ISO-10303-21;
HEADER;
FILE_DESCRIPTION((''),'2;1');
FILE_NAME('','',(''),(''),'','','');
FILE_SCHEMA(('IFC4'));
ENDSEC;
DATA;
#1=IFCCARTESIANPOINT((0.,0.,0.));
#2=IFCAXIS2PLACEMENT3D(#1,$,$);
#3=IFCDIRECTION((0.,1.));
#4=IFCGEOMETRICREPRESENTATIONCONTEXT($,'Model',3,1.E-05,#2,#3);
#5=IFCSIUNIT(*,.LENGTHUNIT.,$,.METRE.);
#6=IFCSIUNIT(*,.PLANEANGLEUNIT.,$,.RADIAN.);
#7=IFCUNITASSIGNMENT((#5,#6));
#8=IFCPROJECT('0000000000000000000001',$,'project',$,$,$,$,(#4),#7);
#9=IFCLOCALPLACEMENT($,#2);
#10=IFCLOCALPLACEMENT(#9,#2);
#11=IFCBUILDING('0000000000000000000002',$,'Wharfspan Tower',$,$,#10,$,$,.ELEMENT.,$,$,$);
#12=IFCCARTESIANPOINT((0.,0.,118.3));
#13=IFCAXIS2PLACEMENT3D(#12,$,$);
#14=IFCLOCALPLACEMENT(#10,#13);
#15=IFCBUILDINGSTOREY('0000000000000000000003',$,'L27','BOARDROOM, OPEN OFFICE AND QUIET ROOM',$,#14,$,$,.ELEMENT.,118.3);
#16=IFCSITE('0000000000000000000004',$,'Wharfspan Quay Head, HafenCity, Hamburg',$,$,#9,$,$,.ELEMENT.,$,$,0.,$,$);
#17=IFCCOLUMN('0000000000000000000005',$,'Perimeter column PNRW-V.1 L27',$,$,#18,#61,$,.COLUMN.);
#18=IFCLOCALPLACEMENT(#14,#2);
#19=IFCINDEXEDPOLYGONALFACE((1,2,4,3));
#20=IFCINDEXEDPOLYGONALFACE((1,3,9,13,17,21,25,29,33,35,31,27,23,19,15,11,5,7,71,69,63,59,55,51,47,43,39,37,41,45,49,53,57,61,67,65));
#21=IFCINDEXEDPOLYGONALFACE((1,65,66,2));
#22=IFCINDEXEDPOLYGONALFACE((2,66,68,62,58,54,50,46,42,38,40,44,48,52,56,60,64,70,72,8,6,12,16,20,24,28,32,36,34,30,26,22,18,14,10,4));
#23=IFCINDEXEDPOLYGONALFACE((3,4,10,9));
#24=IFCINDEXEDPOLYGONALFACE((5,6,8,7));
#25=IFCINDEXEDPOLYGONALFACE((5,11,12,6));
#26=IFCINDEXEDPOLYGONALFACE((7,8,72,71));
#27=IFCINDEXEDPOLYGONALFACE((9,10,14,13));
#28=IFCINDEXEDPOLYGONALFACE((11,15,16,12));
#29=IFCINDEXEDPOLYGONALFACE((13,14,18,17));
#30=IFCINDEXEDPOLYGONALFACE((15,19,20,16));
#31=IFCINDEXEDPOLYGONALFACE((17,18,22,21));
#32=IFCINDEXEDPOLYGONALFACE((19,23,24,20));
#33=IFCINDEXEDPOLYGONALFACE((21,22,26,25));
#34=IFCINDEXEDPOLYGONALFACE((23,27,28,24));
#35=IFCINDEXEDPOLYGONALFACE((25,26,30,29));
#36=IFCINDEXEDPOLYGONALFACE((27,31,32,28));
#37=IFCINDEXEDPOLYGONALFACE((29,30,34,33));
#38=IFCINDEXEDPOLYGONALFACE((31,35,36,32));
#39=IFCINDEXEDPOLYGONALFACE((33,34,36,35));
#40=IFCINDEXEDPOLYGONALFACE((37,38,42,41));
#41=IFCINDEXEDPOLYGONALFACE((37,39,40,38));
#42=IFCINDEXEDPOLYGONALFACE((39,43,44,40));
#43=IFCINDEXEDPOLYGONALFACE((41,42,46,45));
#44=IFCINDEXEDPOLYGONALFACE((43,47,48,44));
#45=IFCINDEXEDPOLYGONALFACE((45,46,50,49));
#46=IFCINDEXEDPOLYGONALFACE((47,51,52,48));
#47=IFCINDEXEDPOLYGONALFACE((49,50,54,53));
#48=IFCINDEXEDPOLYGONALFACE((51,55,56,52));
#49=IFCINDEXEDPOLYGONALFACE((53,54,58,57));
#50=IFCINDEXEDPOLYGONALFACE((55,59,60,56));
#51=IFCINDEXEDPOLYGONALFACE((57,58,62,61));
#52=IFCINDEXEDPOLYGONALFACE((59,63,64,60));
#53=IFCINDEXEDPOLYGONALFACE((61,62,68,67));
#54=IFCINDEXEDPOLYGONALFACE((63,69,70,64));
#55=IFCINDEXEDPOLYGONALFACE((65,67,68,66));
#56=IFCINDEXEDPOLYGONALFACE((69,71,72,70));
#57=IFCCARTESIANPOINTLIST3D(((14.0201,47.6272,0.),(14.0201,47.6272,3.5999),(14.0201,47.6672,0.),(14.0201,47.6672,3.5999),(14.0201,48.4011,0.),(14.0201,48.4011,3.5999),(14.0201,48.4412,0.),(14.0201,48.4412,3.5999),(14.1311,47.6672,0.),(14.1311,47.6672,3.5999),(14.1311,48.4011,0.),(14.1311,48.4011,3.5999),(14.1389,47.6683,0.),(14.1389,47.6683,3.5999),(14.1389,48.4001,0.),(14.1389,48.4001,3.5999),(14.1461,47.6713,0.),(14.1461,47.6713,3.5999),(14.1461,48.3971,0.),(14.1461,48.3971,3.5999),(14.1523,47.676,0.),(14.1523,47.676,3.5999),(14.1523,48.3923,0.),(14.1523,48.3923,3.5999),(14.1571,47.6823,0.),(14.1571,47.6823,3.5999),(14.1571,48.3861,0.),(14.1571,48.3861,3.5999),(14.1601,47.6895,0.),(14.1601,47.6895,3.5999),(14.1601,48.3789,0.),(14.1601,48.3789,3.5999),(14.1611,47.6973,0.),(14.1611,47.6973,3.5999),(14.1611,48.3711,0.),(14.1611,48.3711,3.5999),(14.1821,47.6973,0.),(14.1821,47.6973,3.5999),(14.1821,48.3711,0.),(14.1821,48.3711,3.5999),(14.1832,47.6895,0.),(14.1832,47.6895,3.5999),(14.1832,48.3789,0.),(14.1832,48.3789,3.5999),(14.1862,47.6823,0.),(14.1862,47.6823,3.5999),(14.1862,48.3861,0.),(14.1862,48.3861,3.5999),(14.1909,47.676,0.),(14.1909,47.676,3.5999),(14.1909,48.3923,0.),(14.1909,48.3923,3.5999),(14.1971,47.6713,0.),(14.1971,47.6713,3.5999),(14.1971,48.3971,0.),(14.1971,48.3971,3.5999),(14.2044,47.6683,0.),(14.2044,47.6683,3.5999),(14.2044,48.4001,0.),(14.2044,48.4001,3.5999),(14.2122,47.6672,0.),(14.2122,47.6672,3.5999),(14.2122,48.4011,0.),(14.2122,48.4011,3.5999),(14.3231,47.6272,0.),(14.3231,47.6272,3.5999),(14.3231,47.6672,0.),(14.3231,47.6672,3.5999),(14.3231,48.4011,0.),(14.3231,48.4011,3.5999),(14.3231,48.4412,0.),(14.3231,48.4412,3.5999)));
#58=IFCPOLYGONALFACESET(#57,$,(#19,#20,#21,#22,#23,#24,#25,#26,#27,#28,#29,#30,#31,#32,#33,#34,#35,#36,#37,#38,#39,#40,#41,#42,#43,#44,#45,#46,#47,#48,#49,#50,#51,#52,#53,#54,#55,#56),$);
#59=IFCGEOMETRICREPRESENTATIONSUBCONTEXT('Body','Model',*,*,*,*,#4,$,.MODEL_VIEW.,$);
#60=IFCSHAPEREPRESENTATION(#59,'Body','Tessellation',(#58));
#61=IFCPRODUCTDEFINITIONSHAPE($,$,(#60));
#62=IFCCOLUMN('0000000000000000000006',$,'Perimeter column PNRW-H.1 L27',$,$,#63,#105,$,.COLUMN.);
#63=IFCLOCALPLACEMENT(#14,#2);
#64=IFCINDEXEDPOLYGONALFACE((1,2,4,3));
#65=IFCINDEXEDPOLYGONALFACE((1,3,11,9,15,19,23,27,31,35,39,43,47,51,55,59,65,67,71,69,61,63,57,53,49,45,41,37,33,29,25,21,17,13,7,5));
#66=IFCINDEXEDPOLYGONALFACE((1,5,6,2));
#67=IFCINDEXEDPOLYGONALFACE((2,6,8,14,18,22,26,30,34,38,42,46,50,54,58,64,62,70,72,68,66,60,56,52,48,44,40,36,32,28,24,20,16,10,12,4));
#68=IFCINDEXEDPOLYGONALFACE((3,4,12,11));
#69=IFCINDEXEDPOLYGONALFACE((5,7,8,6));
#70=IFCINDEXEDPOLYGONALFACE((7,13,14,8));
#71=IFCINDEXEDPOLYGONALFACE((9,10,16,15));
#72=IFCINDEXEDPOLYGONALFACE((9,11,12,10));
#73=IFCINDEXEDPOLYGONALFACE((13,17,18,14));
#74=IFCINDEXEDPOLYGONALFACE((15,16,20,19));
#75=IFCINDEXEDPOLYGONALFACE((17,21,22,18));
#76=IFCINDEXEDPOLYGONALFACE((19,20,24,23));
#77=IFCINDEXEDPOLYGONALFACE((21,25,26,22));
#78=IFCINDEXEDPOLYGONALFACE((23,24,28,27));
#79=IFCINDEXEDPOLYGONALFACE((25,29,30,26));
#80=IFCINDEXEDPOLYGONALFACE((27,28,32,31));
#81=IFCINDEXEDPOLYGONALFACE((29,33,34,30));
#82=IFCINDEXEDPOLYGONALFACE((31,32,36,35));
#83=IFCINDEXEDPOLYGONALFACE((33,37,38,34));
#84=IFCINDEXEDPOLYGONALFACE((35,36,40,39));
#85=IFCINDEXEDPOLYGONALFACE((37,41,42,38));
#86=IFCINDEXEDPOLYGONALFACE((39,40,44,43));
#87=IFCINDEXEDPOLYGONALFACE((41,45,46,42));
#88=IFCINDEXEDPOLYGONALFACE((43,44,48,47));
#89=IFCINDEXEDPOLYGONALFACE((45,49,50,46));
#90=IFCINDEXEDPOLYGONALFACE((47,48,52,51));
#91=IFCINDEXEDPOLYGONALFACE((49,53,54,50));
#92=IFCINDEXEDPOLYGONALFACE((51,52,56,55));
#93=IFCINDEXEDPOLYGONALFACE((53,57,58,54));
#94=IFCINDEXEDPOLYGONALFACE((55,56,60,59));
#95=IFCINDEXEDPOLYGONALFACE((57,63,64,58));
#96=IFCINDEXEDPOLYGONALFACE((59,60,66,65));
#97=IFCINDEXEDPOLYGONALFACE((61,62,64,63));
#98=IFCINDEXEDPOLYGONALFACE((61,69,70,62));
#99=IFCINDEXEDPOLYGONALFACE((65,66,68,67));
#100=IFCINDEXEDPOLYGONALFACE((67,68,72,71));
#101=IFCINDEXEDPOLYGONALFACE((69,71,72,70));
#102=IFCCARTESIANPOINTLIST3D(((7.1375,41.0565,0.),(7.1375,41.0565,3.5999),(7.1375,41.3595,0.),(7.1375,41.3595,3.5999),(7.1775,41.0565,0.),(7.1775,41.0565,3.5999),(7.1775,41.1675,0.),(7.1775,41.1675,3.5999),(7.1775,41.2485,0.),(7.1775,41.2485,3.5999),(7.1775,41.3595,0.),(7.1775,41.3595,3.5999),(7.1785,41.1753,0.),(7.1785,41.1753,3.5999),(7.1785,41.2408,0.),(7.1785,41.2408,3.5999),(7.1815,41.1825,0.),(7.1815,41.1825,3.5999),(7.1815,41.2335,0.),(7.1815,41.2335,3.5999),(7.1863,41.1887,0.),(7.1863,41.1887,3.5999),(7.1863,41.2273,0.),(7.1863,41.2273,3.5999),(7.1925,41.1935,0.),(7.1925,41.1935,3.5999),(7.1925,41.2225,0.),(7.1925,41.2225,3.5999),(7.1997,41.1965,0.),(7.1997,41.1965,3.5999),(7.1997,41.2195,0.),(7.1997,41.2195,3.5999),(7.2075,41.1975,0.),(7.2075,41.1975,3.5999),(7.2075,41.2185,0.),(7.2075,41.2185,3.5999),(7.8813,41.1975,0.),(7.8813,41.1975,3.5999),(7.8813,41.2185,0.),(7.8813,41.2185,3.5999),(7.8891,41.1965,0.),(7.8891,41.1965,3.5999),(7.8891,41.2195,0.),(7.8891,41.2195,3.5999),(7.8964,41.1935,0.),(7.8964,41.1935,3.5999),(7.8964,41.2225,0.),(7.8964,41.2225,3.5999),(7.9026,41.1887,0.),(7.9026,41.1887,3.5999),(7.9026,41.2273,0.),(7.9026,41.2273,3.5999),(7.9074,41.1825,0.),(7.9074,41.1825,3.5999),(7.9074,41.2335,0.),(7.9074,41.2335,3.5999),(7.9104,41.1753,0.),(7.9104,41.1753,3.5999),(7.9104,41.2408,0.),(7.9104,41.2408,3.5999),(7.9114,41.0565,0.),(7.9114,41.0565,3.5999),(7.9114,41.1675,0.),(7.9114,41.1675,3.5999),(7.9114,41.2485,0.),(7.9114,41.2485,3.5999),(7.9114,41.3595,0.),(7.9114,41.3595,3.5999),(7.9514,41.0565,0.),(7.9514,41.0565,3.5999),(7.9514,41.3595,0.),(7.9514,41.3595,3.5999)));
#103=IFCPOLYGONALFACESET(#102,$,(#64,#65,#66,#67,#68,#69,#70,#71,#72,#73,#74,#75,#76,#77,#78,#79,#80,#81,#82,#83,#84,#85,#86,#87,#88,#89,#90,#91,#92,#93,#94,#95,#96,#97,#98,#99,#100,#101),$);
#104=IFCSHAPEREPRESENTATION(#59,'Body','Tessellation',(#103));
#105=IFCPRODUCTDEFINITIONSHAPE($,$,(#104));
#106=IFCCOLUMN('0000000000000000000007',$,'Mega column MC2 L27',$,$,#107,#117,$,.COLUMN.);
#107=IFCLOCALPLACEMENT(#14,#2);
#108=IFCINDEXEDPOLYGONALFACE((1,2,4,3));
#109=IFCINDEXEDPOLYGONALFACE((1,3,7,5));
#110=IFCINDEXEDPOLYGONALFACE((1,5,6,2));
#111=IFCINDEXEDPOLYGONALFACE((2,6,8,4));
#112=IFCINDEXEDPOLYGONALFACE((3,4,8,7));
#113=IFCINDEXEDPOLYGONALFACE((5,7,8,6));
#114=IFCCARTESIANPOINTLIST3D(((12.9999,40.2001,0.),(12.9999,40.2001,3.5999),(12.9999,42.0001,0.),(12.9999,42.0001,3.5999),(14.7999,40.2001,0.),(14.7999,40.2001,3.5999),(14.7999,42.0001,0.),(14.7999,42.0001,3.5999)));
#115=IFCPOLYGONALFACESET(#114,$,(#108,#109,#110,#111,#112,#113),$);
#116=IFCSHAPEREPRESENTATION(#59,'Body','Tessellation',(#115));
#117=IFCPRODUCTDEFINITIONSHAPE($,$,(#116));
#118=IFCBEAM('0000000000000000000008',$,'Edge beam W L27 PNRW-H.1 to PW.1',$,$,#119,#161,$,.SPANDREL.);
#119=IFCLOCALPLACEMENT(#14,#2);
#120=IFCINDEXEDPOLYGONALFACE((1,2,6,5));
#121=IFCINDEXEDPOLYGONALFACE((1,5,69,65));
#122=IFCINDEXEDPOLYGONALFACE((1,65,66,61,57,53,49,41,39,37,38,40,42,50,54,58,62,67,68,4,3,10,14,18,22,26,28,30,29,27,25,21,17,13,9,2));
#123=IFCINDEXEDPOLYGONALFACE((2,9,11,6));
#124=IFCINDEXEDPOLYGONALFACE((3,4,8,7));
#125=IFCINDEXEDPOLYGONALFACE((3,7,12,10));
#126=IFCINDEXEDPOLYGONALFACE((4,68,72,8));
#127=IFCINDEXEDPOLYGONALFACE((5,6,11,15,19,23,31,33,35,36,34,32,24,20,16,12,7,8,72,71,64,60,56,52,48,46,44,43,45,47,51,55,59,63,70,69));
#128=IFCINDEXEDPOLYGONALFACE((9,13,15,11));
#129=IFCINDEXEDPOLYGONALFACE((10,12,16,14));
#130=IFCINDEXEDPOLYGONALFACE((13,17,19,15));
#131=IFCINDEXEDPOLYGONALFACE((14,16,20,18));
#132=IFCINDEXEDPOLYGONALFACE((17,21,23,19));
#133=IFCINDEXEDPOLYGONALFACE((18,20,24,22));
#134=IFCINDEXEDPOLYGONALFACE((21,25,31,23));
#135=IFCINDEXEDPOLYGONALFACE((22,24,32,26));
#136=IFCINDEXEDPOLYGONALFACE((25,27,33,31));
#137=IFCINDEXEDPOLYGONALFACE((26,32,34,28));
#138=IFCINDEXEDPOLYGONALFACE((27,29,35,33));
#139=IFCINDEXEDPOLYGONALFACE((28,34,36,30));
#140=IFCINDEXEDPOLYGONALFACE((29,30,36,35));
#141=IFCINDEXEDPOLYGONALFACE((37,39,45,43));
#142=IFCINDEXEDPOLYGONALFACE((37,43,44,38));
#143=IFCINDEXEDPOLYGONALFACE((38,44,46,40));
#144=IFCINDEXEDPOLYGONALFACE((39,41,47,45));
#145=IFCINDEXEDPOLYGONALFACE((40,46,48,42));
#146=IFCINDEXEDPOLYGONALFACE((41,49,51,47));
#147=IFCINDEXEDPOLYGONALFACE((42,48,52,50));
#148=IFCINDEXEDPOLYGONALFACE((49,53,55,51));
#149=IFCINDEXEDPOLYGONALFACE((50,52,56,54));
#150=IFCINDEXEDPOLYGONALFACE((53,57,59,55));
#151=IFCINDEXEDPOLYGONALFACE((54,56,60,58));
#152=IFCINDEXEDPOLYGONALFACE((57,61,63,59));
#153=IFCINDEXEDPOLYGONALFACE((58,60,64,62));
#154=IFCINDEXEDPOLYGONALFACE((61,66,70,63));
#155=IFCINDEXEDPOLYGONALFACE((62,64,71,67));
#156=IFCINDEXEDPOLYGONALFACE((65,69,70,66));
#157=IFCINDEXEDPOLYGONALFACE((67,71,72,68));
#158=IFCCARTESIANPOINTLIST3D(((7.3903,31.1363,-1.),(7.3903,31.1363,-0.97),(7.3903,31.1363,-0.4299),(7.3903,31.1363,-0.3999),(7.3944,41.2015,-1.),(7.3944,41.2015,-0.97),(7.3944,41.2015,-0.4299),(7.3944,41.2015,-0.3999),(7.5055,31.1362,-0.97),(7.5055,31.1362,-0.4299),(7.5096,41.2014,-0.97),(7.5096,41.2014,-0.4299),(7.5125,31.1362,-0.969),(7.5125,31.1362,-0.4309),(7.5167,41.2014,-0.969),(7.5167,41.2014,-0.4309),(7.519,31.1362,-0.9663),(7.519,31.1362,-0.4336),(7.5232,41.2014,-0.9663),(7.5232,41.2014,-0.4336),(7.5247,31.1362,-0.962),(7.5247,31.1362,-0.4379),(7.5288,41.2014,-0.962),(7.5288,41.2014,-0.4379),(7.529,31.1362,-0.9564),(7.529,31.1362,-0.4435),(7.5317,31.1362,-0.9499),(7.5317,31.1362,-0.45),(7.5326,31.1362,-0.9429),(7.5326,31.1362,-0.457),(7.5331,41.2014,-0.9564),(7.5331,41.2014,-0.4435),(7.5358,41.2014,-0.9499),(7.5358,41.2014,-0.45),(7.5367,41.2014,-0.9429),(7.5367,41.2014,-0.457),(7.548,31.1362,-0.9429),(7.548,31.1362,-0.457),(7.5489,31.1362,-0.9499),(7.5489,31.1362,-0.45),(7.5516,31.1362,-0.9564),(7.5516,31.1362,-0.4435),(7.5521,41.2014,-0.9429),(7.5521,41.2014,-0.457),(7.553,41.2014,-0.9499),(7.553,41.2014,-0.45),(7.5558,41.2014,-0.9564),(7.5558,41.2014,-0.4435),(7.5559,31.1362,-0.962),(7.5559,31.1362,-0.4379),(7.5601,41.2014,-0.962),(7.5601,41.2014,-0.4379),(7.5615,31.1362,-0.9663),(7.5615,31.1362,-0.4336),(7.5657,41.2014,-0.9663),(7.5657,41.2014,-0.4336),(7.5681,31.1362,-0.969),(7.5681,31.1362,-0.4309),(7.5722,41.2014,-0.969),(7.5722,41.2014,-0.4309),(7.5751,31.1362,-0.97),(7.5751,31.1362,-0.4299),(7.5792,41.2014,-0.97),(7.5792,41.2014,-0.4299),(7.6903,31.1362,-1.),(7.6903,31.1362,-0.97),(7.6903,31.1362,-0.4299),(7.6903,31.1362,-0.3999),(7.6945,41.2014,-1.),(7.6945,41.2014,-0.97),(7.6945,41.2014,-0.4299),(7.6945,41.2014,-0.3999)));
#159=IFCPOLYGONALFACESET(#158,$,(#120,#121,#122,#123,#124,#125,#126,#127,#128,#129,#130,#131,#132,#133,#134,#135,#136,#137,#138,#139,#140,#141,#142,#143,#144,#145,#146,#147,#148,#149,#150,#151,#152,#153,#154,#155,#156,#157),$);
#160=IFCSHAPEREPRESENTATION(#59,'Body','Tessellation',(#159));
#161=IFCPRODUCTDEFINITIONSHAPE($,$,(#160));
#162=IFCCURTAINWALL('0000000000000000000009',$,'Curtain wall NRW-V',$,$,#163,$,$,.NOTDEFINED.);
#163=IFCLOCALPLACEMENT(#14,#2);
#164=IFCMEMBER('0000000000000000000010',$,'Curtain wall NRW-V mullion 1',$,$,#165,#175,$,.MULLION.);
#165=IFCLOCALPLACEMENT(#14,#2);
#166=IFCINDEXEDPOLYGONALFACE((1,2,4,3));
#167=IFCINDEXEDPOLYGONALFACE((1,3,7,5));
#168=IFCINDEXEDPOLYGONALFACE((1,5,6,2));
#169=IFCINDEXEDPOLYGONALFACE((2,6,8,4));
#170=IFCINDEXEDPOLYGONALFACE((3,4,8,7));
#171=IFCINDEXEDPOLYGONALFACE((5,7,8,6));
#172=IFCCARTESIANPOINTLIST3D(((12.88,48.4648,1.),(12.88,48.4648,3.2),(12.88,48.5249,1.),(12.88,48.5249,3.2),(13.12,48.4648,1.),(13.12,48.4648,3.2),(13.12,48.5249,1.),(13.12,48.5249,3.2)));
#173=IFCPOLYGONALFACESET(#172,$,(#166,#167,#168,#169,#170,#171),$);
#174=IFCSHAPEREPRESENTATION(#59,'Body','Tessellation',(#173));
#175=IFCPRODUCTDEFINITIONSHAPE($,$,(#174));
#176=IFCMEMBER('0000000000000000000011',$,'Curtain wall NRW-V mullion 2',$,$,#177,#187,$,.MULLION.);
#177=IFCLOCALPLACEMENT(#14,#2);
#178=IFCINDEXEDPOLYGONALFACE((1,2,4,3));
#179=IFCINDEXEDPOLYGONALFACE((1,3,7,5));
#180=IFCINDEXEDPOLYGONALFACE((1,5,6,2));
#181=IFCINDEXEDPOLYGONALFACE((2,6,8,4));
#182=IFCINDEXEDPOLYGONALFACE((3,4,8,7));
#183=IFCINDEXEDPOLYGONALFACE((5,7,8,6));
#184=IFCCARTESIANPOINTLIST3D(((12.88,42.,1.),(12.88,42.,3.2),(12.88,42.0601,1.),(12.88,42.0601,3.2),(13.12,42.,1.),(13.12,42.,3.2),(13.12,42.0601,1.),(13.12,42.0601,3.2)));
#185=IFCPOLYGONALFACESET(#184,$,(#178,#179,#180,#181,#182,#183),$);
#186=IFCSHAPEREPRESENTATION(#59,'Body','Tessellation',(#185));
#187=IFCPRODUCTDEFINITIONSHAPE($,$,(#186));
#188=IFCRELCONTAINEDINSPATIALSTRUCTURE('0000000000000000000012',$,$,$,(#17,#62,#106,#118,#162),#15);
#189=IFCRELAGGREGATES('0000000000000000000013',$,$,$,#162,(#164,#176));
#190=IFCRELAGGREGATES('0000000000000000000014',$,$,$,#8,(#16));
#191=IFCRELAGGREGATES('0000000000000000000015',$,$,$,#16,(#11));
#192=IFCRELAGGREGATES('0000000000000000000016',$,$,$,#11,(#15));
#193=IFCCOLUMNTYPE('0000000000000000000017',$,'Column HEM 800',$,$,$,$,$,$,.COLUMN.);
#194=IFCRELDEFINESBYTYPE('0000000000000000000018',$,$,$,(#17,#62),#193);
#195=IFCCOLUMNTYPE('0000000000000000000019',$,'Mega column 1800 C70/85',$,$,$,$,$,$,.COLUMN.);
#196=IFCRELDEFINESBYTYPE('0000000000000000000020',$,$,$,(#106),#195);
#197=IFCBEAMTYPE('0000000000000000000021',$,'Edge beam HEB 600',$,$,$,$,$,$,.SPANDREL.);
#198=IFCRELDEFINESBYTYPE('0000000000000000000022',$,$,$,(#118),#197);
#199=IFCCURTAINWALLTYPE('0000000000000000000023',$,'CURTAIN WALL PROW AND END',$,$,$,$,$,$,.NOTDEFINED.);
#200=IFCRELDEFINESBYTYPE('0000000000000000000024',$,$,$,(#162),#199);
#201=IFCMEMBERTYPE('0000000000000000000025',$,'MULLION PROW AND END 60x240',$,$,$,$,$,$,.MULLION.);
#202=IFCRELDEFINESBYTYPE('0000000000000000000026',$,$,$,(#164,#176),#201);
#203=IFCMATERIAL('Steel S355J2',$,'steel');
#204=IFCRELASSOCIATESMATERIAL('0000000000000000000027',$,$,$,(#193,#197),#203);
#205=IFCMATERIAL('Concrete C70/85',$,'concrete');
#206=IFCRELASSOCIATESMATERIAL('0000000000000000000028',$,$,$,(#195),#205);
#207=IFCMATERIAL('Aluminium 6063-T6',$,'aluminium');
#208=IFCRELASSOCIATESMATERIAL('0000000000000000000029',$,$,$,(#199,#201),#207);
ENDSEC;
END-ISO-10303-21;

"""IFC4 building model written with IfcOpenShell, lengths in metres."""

from ifc_helpers import new_model, si_unit, direction, frame, origin, origin_2d, place, context, subcontext, project, spatial, rectangle, i_section, extrude, material, material_profile, profile_set, type_object, element, aggregate, save


model = new_model("IFC4")

# Units and contexts
model_context = context("Model", 3, precision=1e-05, world=origin(), true_north=direction((0.0, 1.0)))
body_context = subcontext(model_context, "Body", "Model", "MODEL_VIEW")
ifc_project = project(units=[si_unit("LENGTHUNIT", "METRE"), si_unit("PLANEANGLEUNIT", "RADIAN")], contexts=[model_context])

# Site, building, storey
site_placement = place(None, origin())
site = spatial("IfcSite", under=ifc_project, at=site_placement, Name="Wharfspan Quay Head, HafenCity, Hamburg", CompositionType="ELEMENT", RefElevation=0.0)
building_placement = place(site_placement, origin())
building = spatial("IfcBuilding", under=site, at=building_placement, Name="Wharfspan Tower", CompositionType="ELEMENT")
storey_placement = place(building_placement, frame((0.0, 0.0, 118.3)))
storey = spatial("IfcBuildingStorey", under=building, at=storey_placement, Name="L27", Description="BOARDROOM, OPEN OFFICE AND QUIET ROOM", CompositionType="ELEMENT", Elevation=118.3)

# Columns
ifc_material_1 = material(Name="Steel S355J2", Category="steel")
ifc_material_profile_1 = material_profile(ifc_material_1, i_section(OverallWidth=0.303, OverallDepth=0.814, WebThickness=0.021, FlangeThickness=0.04, FilletRadius=0.03, at=origin_2d()))
ifc_profile_set_1 = profile_set([ifc_material_profile_1], Name="Steel S355J2")
column_type_1 = type_object("IfcColumnType", Name="Column HEM 800", PredefinedType="COLUMN", material=ifc_profile_set_1)
for number, where, z_axis, x_axis, name in (
    (1, (14.1716, 48.0342, 0.0), (0.0, 0.0, 1.0), (-1.0, 0.0, 0.0), "Perimeter column PNRW-V.1 L27"),
    (2, (7.5444, 41.208, 0.0), (0.0, 0.0, 1.0), (0.0, 1.0, 0.0), "Perimeter column PNRW-H.1 L27"),
):
    element("IfcColumn", number, at=place(storey_placement, frame(where, z_axis=z_axis, x_axis=x_axis)), inside=storey, type_object=column_type_1, Name=name, PredefinedType="COLUMN", context=body_context, shape_type="SweptSolid", body=[
        extrude(i_section(OverallWidth=0.303, OverallDepth=0.814, WebThickness=0.021, FlangeThickness=0.04, FilletRadius=0.03, at=origin_2d()), origin(), (0.0, 0.0, 1.0), 3.5999),
    ])
ifc_material_2 = material(Name="Concrete C70/85", Category="concrete")
ifc_material_profile_2 = material_profile(ifc_material_2, rectangle(XDim=1.8, YDim=1.8, at=origin_2d()))
ifc_profile_set_2 = profile_set([ifc_material_profile_2], Name="Concrete C70/85")
column_type_2 = type_object("IfcColumnType", Name="Mega column 1800 C70/85", PredefinedType="COLUMN", material=ifc_profile_set_2)
column_placement = place(storey_placement, frame((13.8999, 41.1001, 0.0), z_axis=(0.0, 0.0, 1.0), x_axis=(1.0, 0.0, 0.0)))
element("IfcColumn", 3, at=column_placement, inside=storey, type_object=column_type_2, Name="Mega column MC2 L27", PredefinedType="COLUMN", context=body_context, shape_type="SweptSolid", body=[
    extrude(rectangle(XDim=1.8, YDim=1.8, at=origin_2d()), origin(), (0.0, 0.0, 1.0), 3.5999),
])

# Beam
ifc_material_profile_3 = material_profile(ifc_material_1, i_section(OverallWidth=0.3, OverallDepth=0.6001, WebThickness=0.0154, FlangeThickness=0.03, FilletRadius=0.0271, at=origin_2d()))
ifc_profile_set_3 = profile_set([ifc_material_profile_3], Name="Steel S355J2")
beam_type = type_object("IfcBeamType", Name="Edge beam HEB 600", PredefinedType="SPANDREL", material=ifc_profile_set_3)
beam_placement = place(storey_placement, frame((7.5444, 41.2014, -0.7), z_axis=(-0.000412, -1.0, 0.0), x_axis=(1.0, -0.000412, 0.0)))
element("IfcBeam", 4, at=beam_placement, inside=storey, type_object=beam_type, Name="Edge beam W L27 PNRW-H.1 to PW.1", PredefinedType="SPANDREL", context=body_context, shape_type="SweptSolid", body=[
    extrude(i_section(OverallWidth=0.3, OverallDepth=0.6001, WebThickness=0.0154, FlangeThickness=0.03, FilletRadius=0.0271, at=origin_2d()), origin(), (0.0, 0.0, 1.0), 10.0652),
])

# Curtain wall, members
ifc_material_3 = material(Name="Aluminium 6063-T6", Category="aluminium")
curtain_wall_type = type_object("IfcCurtainWallType", Name="CURTAIN WALL PROW AND END", PredefinedType="NOTDEFINED", material=ifc_material_3)
curtain_wall_1_placement = place(storey_placement, origin())
curtain_wall_1 = element("IfcCurtainWall", 5, at=curtain_wall_1_placement, inside=storey, type_object=curtain_wall_type, Name="Curtain wall NRW-V", PredefinedType="NOTDEFINED")
ifc_material_profile_4 = material_profile(ifc_material_3, rectangle(XDim=0.24, YDim=0.0601, at=origin_2d()))
ifc_profile_set_4 = profile_set([ifc_material_profile_4], Name="Aluminium 6063-T6")
member_type_1 = type_object("IfcMemberType", Name="MULLION PROW AND END 60x240", PredefinedType="MULLION", material=ifc_profile_set_4)
member_1_placement = place(storey_placement, frame((13.0, 48.4949, 1.0), z_axis=(0.0, 0.0, 1.0), x_axis=(1.0, 0.0, 0.0)))
member_1 = element("IfcMember", 6, at=member_1_placement, type_object=member_type_1, Name="Curtain wall NRW-V mullion 1", PredefinedType="MULLION", context=body_context, shape_type="SweptSolid", body=[
    extrude(rectangle(XDim=0.24, YDim=0.0601, at=origin_2d()), origin(), (0.0, 0.0, 1.0), 2.2),
])
member_2_placement = place(storey_placement, frame((13.0, 42.03, 1.0), z_axis=(0.0, 0.0, 1.0), x_axis=(1.0, 0.0, 0.0)))
member_2 = element("IfcMember", 7, at=member_2_placement, type_object=member_type_1, Name="Curtain wall NRW-V mullion 2", PredefinedType="MULLION", context=body_context, shape_type="SweptSolid", body=[
    extrude(rectangle(XDim=0.24, YDim=0.0601, at=origin_2d()), origin(), (0.0, 0.0, 1.0), 2.2),
])

aggregate(curtain_wall_1, [member_1, member_2])

save(model, "model.ifc")
